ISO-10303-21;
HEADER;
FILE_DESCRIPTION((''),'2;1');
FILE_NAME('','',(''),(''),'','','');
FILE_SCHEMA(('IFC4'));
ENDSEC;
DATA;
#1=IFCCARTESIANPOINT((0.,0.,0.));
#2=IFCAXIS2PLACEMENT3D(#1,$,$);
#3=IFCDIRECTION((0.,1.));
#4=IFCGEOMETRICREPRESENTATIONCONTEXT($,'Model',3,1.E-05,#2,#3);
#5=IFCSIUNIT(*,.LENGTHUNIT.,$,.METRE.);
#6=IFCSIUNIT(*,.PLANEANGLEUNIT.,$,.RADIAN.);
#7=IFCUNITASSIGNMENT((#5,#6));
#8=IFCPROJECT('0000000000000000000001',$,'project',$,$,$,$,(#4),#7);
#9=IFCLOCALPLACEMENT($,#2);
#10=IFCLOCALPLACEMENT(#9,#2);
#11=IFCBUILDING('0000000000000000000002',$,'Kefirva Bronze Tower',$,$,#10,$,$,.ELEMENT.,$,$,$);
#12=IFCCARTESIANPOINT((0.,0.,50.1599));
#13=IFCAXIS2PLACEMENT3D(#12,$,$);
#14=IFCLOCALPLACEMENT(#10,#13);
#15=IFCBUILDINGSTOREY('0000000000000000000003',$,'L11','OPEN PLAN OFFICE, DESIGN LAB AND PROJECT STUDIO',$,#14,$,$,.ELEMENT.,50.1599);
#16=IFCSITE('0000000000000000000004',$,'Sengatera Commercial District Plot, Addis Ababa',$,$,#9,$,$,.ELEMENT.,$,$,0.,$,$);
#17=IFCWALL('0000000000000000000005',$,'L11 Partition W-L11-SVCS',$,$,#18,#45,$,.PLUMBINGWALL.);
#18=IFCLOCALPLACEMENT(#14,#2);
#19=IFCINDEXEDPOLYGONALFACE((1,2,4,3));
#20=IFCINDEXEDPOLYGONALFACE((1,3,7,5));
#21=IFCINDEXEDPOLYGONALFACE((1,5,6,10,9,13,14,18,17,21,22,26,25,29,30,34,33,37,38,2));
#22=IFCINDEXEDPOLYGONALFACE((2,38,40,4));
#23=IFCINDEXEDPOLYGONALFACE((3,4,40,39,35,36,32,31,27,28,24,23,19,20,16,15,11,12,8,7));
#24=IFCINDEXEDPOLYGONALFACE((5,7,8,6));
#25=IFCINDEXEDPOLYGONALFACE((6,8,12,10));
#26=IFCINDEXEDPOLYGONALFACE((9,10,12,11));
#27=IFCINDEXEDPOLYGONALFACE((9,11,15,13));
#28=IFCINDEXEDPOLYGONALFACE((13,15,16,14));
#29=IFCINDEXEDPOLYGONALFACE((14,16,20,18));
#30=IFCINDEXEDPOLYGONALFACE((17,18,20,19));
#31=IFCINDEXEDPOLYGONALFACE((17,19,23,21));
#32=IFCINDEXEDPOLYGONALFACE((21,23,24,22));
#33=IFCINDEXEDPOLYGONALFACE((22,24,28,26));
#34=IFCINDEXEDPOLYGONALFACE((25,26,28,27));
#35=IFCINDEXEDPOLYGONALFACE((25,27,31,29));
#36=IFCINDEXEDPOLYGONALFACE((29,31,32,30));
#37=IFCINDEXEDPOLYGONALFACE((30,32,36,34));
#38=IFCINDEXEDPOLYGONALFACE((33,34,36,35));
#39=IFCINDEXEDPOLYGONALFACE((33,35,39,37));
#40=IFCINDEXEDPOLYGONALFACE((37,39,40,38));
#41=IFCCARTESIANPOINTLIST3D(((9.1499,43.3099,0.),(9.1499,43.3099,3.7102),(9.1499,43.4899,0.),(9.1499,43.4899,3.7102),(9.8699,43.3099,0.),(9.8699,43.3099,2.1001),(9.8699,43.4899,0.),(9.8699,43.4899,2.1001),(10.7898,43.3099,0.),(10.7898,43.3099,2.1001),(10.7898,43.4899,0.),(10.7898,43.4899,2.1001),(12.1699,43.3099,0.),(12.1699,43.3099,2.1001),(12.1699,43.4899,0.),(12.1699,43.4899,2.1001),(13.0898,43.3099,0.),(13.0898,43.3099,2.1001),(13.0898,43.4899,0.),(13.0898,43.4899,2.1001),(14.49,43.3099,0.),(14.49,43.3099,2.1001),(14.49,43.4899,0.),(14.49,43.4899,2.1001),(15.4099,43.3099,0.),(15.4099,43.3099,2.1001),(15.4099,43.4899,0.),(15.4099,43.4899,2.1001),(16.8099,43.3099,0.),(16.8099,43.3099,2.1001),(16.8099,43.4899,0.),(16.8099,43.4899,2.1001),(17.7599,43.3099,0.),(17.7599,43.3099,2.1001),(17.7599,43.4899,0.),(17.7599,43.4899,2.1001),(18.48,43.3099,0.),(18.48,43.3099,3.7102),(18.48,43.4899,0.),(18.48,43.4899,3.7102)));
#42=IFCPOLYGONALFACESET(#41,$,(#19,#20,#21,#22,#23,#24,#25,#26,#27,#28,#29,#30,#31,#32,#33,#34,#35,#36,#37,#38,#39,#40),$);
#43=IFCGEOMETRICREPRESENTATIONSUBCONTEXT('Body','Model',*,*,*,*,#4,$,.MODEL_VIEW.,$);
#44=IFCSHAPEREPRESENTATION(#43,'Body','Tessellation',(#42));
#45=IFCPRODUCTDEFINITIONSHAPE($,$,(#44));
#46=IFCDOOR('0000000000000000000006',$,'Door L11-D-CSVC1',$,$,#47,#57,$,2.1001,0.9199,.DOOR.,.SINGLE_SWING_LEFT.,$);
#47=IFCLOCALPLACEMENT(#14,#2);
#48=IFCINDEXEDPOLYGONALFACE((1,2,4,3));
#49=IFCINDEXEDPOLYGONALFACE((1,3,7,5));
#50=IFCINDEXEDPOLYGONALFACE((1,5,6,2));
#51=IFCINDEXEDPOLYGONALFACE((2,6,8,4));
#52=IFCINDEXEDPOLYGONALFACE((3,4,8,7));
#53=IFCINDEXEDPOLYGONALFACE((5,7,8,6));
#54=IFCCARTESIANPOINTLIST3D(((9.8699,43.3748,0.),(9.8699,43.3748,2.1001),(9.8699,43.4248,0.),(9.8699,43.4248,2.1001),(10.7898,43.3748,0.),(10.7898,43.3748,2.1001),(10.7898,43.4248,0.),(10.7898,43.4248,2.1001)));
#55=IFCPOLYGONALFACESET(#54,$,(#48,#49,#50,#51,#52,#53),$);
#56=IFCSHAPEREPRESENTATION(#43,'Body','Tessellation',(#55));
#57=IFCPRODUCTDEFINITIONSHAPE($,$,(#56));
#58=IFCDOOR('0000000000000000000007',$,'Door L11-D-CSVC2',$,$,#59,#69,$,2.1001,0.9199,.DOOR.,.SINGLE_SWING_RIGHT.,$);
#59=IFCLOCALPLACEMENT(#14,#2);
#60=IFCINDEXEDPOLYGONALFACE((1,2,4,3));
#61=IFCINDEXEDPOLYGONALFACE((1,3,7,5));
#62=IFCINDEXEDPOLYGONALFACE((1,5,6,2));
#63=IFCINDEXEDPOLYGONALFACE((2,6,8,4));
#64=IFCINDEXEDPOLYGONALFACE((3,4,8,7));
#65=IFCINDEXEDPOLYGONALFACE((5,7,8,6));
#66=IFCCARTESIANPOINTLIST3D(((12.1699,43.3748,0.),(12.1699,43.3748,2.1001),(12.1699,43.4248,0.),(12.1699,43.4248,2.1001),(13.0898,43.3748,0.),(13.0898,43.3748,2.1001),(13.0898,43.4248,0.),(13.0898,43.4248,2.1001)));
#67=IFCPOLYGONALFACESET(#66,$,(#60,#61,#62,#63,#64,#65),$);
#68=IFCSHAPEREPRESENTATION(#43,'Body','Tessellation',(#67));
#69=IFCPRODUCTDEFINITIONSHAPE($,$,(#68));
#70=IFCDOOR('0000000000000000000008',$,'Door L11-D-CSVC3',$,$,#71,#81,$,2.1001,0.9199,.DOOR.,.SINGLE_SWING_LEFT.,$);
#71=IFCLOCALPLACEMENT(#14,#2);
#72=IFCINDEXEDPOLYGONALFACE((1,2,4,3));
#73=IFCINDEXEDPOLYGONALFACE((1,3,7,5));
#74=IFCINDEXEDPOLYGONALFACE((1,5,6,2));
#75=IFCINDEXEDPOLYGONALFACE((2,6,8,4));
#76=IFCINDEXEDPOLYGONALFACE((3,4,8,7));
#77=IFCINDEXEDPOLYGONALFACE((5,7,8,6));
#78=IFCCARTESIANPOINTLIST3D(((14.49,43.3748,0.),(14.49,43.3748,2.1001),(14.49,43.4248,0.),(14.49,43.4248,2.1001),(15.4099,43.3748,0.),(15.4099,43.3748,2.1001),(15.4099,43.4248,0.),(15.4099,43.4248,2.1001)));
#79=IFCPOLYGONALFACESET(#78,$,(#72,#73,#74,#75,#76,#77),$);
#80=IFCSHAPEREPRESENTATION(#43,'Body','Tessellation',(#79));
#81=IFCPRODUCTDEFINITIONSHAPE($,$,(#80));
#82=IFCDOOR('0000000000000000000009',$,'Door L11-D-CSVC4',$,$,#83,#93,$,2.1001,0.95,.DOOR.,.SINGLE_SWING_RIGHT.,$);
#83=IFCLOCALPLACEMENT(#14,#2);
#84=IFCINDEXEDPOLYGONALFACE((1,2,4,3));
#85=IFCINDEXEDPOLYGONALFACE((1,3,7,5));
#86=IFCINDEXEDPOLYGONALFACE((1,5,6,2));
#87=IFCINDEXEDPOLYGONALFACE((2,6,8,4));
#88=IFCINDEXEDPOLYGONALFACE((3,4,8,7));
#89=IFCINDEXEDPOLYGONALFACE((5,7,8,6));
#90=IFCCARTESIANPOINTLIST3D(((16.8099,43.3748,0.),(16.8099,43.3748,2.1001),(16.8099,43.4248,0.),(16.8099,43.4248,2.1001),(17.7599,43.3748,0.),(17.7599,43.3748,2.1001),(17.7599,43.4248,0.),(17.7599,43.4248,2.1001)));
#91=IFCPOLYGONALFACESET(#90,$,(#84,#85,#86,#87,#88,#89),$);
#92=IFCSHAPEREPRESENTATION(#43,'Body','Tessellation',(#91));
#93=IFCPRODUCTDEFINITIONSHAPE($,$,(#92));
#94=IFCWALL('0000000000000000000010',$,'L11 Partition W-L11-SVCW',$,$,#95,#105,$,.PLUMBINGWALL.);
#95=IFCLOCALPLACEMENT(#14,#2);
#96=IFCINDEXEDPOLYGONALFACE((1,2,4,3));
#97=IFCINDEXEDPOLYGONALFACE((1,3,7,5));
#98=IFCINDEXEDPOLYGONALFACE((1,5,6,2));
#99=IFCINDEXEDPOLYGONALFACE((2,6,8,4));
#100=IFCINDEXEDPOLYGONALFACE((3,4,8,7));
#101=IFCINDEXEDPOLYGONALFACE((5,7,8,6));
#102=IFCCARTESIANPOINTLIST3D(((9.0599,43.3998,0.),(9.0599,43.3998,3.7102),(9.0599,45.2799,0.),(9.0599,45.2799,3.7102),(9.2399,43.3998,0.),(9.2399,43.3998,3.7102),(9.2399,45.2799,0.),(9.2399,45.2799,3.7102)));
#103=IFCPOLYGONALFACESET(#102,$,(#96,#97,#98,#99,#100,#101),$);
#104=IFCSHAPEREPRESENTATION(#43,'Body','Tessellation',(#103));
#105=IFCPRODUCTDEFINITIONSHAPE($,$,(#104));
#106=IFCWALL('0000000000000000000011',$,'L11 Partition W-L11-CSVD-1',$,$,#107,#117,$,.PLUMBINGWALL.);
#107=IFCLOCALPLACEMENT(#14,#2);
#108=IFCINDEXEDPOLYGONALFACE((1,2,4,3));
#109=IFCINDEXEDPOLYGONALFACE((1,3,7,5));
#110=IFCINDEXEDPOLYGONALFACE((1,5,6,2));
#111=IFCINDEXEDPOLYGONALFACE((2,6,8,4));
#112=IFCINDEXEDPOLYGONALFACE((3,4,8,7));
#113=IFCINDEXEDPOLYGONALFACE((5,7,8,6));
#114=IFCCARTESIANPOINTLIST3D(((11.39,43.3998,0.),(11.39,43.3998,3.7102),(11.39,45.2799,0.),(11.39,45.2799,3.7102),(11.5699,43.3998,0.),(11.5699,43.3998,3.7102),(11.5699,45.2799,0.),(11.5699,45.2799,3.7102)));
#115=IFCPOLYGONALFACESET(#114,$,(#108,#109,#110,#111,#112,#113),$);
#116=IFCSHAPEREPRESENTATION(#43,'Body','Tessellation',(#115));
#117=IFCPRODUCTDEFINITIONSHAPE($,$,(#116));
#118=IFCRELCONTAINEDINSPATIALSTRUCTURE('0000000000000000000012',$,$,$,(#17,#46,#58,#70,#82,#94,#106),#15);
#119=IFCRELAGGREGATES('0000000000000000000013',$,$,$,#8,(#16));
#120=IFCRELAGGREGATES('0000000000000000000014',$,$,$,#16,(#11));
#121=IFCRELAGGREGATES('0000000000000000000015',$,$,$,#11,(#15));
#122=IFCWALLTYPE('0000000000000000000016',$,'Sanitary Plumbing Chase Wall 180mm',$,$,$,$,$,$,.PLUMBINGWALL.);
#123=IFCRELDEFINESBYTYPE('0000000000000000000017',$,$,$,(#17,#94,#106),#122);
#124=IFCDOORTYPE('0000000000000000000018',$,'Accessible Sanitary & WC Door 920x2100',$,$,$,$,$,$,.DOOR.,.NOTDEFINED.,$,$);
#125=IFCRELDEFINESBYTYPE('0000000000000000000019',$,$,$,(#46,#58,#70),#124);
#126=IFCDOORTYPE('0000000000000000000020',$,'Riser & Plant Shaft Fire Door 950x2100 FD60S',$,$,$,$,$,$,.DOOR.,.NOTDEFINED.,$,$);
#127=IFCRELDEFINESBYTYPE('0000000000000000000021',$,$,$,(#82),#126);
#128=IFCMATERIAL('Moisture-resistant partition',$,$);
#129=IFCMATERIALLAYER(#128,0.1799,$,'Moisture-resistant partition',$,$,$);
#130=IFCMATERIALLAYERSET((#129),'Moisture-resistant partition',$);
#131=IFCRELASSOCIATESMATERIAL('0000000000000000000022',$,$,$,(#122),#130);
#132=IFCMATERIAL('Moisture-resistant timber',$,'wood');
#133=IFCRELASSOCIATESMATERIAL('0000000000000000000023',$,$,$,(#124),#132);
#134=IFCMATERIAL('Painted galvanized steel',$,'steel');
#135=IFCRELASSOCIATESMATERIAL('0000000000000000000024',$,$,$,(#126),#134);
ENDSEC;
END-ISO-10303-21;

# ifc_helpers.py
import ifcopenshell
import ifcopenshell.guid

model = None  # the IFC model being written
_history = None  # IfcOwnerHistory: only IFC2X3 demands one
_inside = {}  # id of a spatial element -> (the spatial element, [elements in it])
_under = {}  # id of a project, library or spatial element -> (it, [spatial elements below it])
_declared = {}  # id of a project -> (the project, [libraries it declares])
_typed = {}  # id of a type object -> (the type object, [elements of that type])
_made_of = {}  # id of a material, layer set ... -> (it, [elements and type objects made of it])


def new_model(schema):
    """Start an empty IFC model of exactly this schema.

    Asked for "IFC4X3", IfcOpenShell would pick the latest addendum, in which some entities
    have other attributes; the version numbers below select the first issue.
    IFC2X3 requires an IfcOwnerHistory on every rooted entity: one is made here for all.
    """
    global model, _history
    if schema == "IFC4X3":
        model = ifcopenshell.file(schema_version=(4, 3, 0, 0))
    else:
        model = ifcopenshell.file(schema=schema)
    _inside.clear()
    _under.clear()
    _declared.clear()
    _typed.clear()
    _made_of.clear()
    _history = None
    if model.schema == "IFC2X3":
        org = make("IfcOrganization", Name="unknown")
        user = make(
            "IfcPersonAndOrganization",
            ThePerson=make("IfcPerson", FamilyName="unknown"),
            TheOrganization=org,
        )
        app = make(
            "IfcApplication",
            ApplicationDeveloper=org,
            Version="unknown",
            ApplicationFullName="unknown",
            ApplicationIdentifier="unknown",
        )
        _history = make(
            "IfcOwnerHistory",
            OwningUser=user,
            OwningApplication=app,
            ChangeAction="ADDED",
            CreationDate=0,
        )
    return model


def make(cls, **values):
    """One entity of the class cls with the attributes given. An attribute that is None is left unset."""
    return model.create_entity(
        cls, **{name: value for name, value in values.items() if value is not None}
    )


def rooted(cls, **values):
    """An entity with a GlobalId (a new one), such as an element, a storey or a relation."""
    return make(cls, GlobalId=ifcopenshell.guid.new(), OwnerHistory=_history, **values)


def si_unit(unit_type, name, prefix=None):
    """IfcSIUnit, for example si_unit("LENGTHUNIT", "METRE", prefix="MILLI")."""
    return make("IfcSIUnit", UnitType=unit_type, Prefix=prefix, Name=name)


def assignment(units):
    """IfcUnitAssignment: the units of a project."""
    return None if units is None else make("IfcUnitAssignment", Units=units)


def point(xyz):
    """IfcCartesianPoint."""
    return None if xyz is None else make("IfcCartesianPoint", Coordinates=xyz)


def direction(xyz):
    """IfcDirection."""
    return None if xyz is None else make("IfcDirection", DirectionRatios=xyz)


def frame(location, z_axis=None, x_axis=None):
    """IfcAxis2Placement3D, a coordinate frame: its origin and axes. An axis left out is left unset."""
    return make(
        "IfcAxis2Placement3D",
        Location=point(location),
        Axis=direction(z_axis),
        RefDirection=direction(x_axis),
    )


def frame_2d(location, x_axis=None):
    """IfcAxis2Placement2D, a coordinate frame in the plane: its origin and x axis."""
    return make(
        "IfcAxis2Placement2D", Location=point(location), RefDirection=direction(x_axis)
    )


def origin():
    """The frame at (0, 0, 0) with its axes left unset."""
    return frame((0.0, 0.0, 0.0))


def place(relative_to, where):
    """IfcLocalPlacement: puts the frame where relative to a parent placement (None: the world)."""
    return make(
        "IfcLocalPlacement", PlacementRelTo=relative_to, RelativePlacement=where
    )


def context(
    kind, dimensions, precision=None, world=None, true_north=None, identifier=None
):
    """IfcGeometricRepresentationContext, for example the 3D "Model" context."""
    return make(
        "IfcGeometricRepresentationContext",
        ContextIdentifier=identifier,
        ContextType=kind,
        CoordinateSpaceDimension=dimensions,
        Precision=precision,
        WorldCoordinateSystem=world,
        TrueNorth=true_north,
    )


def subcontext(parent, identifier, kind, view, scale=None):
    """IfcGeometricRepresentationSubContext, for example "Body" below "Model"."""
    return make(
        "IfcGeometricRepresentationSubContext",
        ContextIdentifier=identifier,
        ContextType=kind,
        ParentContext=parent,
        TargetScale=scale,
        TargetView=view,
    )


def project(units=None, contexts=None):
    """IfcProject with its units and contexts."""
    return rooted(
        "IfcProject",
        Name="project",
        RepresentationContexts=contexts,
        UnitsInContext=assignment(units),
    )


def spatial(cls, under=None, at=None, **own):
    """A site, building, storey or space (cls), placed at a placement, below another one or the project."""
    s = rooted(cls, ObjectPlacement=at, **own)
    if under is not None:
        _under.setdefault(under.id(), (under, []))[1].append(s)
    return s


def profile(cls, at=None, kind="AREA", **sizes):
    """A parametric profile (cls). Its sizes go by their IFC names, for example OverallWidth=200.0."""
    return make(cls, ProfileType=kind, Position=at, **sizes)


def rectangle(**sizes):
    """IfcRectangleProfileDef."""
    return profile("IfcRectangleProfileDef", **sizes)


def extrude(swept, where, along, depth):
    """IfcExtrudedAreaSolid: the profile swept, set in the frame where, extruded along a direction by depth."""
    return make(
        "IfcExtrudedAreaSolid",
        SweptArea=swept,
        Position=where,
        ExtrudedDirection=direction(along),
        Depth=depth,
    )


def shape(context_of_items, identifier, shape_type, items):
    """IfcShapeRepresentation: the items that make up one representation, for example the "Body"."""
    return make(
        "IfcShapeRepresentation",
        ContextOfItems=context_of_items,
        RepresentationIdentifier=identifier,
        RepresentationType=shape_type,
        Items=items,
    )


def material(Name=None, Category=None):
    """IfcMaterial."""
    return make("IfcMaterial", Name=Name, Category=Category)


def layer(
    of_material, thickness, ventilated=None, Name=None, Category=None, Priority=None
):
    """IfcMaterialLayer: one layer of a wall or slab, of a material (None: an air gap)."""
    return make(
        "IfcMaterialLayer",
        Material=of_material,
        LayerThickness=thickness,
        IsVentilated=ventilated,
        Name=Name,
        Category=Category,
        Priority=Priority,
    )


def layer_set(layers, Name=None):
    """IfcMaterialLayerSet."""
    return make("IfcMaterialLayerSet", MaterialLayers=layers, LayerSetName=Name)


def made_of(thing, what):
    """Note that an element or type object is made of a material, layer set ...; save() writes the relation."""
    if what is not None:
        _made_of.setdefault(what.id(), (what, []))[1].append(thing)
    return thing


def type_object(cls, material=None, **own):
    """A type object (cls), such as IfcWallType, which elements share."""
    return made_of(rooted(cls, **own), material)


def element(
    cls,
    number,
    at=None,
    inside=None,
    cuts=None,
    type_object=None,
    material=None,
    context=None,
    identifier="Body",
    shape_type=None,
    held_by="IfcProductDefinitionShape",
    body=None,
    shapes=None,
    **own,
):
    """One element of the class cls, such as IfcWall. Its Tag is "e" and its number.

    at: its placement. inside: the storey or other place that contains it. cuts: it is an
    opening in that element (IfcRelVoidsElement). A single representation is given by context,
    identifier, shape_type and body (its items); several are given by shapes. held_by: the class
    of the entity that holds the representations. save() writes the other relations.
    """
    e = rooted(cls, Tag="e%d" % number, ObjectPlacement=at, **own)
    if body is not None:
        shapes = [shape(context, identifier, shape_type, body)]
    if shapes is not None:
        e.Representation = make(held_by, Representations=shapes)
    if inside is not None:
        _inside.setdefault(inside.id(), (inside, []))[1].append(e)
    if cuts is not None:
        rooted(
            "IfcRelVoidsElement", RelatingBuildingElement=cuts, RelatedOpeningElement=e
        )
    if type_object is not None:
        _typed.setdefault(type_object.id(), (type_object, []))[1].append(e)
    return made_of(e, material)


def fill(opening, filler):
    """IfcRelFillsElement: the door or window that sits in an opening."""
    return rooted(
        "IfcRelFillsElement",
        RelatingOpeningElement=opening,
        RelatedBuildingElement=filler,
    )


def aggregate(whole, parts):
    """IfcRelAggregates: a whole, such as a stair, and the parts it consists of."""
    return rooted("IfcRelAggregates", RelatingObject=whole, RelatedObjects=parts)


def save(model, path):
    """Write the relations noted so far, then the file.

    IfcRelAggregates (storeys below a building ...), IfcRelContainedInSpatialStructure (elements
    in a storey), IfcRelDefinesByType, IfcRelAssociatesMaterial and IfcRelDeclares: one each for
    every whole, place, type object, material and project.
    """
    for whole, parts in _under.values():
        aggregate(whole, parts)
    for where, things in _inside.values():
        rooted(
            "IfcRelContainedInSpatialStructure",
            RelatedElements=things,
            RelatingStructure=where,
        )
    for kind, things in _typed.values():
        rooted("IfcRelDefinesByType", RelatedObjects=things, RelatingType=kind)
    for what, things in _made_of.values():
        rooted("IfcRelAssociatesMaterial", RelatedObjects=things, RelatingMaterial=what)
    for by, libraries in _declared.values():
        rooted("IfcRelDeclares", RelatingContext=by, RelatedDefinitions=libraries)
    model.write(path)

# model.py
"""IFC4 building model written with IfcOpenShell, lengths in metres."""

from ifc_helpers import new_model, si_unit, direction, frame, frame_2d, origin, place, context, subcontext, project, spatial, rectangle, extrude, material, layer, layer_set, type_object, element, fill, save


model = new_model("IFC4")

# Units and contexts
model_context = context("Model", 3, precision=1e-05, world=origin(), true_north=direction((0.0, 1.0)))
body_context = subcontext(model_context, "Body", "Model", "MODEL_VIEW")
ifc_project = project(units=[si_unit("LENGTHUNIT", "METRE"), si_unit("PLANEANGLEUNIT", "RADIAN")], contexts=[model_context])

# Site, building, storey
site_placement = place(None, origin())
site = spatial("IfcSite", under=ifc_project, at=site_placement, Name="Sengatera Commercial District Plot, Addis Ababa", CompositionType="ELEMENT", RefElevation=0.0)
building_placement = place(site_placement, origin())
building = spatial("IfcBuilding", under=site, at=building_placement, Name="Kefirva Bronze Tower", CompositionType="ELEMENT")
storey_placement = place(building_placement, frame((0.0, 0.0, 50.1599)))
storey = spatial("IfcBuildingStorey", under=building, at=storey_placement, Name="L11", Description="OPEN PLAN OFFICE, DESIGN LAB AND PROJECT STUDIO", CompositionType="ELEMENT", Elevation=50.1599)

# Wall, openings, doors
ifc_material_1 = material(Name="Moisture-resistant partition")
ifc_layer_1 = layer(ifc_material_1, 0.1799, Name="Moisture-resistant partition")
ifc_layer_set_1 = layer_set([ifc_layer_1], Name="Moisture-resistant partition")
wall_type_1 = type_object("IfcWallType", Name="Sanitary Plumbing Chase Wall 180mm", PredefinedType="PLUMBINGWALL", material=ifc_layer_set_1)
wall_1_placement = place(storey_placement, frame((9.1499, 43.3999, 0.0), z_axis=(0.0, 0.0, 1.0), x_axis=(1.0, 0.0, 0.0)))
wall_1 = element("IfcWall", 1, at=wall_1_placement, inside=storey, type_object=wall_type_1, Name="L11 Partition W-L11-SVCS", PredefinedType="PLUMBINGWALL", context=body_context, shape_type="SweptSolid", body=[
    extrude(rectangle(XDim=9.3301, YDim=0.1799, at=frame_2d((4.665, 0.0))), origin(), (0.0, 0.0, 1.0), 3.7102),
])
opening_1_placement = place(wall_1_placement, frame((0.72, 0.0, 0.0)))
opening_1 = element("IfcOpeningElement", 2, at=opening_1_placement, cuts=wall_1, PredefinedType="OPENING", context=body_context, shape_type="SweptSolid", body=[
    extrude(rectangle(XDim=0.9199, YDim=2.1001, at=frame_2d((0.46, 1.05))), frame((0.0, 0.1001, 0.0), z_axis=(0.0, -1.0, 0.0), x_axis=(1.0, 0.0, 0.0)), (0.0, 0.0, 1.0), 0.2),
])
opening_2_placement = place(wall_1_placement, frame((3.02, 0.0, 0.0)))
opening_2 = element("IfcOpeningElement", 3, at=opening_2_placement, cuts=wall_1, PredefinedType="OPENING", context=body_context, shape_type="SweptSolid", body=[
    extrude(rectangle(XDim=0.9199, YDim=2.1001, at=frame_2d((0.46, 1.05))), frame((0.0, 0.1001, 0.0), z_axis=(0.0, -1.0, 0.0), x_axis=(1.0, 0.0, 0.0)), (0.0, 0.0, 1.0), 0.2),
])
opening_3_placement = place(wall_1_placement, frame((5.3401, 0.0, 0.0)))
opening_3 = element("IfcOpeningElement", 4, at=opening_3_placement, cuts=wall_1, PredefinedType="OPENING", context=body_context, shape_type="SweptSolid", body=[
    extrude(rectangle(XDim=0.9199, YDim=2.1001, at=frame_2d((0.46, 1.05))), frame((0.0, 0.1001, 0.0), z_axis=(0.0, -1.0, 0.0), x_axis=(1.0, 0.0, 0.0)), (0.0, 0.0, 1.0), 0.2),
])
opening_4_placement = place(wall_1_placement, frame((7.6599, 0.0, 0.0)))
opening_4 = element("IfcOpeningElement", 5, at=opening_4_placement, cuts=wall_1, PredefinedType="OPENING", context=body_context, shape_type="SweptSolid", body=[
    extrude(rectangle(XDim=0.95, YDim=2.1001, at=frame_2d((0.4751, 1.05))), frame((0.0, 0.1001, 0.0), z_axis=(0.0, -1.0, 0.0), x_axis=(1.0, 0.0, 0.0)), (0.0, 0.0, 1.0), 0.2),
])
ifc_material_2 = material(Name="Moisture-resistant timber", Category="wood")
door_type_1 = type_object("IfcDoorType", Name="Accessible Sanitary & WC Door 920x2100", OperationType="NOTDEFINED", PredefinedType="DOOR", material=ifc_material_2)
door_1_placement = place(opening_1_placement, origin())
door_1 = element("IfcDoor", 6, at=door_1_placement, inside=storey, type_object=door_type_1, Name="Door L11-D-CSVC1", OperationType="SINGLE_SWING_LEFT", OverallHeight=2.1001, OverallWidth=0.9199, PredefinedType="DOOR", context=body_context, shape_type="SweptSolid", body=[
    extrude(rectangle(XDim=0.9199, YDim=2.1001, at=frame_2d((0.46, 1.05))), frame((0.0, 0.0249, 0.0), z_axis=(0.0, -1.0, 0.0), x_axis=(1.0, 0.0, 0.0)), (0.0, 0.0, 1.0), 0.05),
])
fill(opening_1, door_1)
door_2_placement = place(opening_2_placement, origin())
door_2 = element("IfcDoor", 7, at=door_2_placement, inside=storey, type_object=door_type_1, Name="Door L11-D-CSVC2", OperationType="SINGLE_SWING_RIGHT", OverallHeight=2.1001, OverallWidth=0.9199, PredefinedType="DOOR", context=body_context, shape_type="SweptSolid", body=[
    extrude(rectangle(XDim=0.9199, YDim=2.1001, at=frame_2d((0.46, 1.05))), frame((0.0, 0.0249, 0.0), z_axis=(0.0, -1.0, 0.0), x_axis=(1.0, 0.0, 0.0)), (0.0, 0.0, 1.0), 0.05),
])
fill(opening_2, door_2)
door_3_placement = place(opening_3_placement, origin())
door_3 = element("IfcDoor", 8, at=door_3_placement, inside=storey, type_object=door_type_1, Name="Door L11-D-CSVC3", OperationType="SINGLE_SWING_LEFT", OverallHeight=2.1001, OverallWidth=0.9199, PredefinedType="DOOR", context=body_context, shape_type="SweptSolid", body=[
    extrude(rectangle(XDim=0.9199, YDim=2.1001, at=frame_2d((0.46, 1.05))), frame((0.0, 0.0249, 0.0), z_axis=(0.0, -1.0, 0.0), x_axis=(1.0, 0.0, 0.0)), (0.0, 0.0, 1.0), 0.05),
])
fill(opening_3, door_3)
ifc_material_3 = material(Name="Painted galvanized steel", Category="steel")
door_type_2 = type_object("IfcDoorType", Name="Riser & Plant Shaft Fire Door 950x2100 FD60S", OperationType="NOTDEFINED", PredefinedType="DOOR", material=ifc_material_3)
door_4_placement = place(opening_4_placement, origin())
door_4 = element("IfcDoor", 9, at=door_4_placement, inside=storey, type_object=door_type_2, Name="Door L11-D-CSVC4", OperationType="SINGLE_SWING_RIGHT", OverallHeight=2.1001, OverallWidth=0.95, PredefinedType="DOOR", context=body_context, shape_type="SweptSolid", body=[
    extrude(rectangle(XDim=0.95, YDim=2.1001, at=frame_2d((0.4751, 1.05))), frame((0.0, 0.0249, 0.0), z_axis=(0.0, -1.0, 0.0), x_axis=(1.0, 0.0, 0.0)), (0.0, 0.0, 1.0), 0.05),
])
fill(opening_4, door_4)

# Walls
for number, where, z_axis, x_axis, name in (
    (10, (9.1499, 43.3999, 0.0), (0.0, 0.0, 1.0), (0.0, 1.0, 0.0), "L11 Partition W-L11-SVCW"),
    (11, (11.48, 43.3999, 0.0), (0.0, 0.0, 1.0), (0.0, 1.0, 0.0), "L11 Partition W-L11-CSVD-1"),
):
    element("IfcWall", number, at=place(storey_placement, frame(where, z_axis=z_axis, x_axis=x_axis)), inside=storey, type_object=wall_type_1, Name=name, PredefinedType="PLUMBINGWALL", context=body_context, shape_type="SweptSolid", body=[
        extrude(rectangle(XDim=1.8801, YDim=0.1799, at=frame_2d((0.9399, 0.0))), origin(), (0.0, 0.0, 1.0), 3.7102),
    ])

save(model, "model.ifc")
